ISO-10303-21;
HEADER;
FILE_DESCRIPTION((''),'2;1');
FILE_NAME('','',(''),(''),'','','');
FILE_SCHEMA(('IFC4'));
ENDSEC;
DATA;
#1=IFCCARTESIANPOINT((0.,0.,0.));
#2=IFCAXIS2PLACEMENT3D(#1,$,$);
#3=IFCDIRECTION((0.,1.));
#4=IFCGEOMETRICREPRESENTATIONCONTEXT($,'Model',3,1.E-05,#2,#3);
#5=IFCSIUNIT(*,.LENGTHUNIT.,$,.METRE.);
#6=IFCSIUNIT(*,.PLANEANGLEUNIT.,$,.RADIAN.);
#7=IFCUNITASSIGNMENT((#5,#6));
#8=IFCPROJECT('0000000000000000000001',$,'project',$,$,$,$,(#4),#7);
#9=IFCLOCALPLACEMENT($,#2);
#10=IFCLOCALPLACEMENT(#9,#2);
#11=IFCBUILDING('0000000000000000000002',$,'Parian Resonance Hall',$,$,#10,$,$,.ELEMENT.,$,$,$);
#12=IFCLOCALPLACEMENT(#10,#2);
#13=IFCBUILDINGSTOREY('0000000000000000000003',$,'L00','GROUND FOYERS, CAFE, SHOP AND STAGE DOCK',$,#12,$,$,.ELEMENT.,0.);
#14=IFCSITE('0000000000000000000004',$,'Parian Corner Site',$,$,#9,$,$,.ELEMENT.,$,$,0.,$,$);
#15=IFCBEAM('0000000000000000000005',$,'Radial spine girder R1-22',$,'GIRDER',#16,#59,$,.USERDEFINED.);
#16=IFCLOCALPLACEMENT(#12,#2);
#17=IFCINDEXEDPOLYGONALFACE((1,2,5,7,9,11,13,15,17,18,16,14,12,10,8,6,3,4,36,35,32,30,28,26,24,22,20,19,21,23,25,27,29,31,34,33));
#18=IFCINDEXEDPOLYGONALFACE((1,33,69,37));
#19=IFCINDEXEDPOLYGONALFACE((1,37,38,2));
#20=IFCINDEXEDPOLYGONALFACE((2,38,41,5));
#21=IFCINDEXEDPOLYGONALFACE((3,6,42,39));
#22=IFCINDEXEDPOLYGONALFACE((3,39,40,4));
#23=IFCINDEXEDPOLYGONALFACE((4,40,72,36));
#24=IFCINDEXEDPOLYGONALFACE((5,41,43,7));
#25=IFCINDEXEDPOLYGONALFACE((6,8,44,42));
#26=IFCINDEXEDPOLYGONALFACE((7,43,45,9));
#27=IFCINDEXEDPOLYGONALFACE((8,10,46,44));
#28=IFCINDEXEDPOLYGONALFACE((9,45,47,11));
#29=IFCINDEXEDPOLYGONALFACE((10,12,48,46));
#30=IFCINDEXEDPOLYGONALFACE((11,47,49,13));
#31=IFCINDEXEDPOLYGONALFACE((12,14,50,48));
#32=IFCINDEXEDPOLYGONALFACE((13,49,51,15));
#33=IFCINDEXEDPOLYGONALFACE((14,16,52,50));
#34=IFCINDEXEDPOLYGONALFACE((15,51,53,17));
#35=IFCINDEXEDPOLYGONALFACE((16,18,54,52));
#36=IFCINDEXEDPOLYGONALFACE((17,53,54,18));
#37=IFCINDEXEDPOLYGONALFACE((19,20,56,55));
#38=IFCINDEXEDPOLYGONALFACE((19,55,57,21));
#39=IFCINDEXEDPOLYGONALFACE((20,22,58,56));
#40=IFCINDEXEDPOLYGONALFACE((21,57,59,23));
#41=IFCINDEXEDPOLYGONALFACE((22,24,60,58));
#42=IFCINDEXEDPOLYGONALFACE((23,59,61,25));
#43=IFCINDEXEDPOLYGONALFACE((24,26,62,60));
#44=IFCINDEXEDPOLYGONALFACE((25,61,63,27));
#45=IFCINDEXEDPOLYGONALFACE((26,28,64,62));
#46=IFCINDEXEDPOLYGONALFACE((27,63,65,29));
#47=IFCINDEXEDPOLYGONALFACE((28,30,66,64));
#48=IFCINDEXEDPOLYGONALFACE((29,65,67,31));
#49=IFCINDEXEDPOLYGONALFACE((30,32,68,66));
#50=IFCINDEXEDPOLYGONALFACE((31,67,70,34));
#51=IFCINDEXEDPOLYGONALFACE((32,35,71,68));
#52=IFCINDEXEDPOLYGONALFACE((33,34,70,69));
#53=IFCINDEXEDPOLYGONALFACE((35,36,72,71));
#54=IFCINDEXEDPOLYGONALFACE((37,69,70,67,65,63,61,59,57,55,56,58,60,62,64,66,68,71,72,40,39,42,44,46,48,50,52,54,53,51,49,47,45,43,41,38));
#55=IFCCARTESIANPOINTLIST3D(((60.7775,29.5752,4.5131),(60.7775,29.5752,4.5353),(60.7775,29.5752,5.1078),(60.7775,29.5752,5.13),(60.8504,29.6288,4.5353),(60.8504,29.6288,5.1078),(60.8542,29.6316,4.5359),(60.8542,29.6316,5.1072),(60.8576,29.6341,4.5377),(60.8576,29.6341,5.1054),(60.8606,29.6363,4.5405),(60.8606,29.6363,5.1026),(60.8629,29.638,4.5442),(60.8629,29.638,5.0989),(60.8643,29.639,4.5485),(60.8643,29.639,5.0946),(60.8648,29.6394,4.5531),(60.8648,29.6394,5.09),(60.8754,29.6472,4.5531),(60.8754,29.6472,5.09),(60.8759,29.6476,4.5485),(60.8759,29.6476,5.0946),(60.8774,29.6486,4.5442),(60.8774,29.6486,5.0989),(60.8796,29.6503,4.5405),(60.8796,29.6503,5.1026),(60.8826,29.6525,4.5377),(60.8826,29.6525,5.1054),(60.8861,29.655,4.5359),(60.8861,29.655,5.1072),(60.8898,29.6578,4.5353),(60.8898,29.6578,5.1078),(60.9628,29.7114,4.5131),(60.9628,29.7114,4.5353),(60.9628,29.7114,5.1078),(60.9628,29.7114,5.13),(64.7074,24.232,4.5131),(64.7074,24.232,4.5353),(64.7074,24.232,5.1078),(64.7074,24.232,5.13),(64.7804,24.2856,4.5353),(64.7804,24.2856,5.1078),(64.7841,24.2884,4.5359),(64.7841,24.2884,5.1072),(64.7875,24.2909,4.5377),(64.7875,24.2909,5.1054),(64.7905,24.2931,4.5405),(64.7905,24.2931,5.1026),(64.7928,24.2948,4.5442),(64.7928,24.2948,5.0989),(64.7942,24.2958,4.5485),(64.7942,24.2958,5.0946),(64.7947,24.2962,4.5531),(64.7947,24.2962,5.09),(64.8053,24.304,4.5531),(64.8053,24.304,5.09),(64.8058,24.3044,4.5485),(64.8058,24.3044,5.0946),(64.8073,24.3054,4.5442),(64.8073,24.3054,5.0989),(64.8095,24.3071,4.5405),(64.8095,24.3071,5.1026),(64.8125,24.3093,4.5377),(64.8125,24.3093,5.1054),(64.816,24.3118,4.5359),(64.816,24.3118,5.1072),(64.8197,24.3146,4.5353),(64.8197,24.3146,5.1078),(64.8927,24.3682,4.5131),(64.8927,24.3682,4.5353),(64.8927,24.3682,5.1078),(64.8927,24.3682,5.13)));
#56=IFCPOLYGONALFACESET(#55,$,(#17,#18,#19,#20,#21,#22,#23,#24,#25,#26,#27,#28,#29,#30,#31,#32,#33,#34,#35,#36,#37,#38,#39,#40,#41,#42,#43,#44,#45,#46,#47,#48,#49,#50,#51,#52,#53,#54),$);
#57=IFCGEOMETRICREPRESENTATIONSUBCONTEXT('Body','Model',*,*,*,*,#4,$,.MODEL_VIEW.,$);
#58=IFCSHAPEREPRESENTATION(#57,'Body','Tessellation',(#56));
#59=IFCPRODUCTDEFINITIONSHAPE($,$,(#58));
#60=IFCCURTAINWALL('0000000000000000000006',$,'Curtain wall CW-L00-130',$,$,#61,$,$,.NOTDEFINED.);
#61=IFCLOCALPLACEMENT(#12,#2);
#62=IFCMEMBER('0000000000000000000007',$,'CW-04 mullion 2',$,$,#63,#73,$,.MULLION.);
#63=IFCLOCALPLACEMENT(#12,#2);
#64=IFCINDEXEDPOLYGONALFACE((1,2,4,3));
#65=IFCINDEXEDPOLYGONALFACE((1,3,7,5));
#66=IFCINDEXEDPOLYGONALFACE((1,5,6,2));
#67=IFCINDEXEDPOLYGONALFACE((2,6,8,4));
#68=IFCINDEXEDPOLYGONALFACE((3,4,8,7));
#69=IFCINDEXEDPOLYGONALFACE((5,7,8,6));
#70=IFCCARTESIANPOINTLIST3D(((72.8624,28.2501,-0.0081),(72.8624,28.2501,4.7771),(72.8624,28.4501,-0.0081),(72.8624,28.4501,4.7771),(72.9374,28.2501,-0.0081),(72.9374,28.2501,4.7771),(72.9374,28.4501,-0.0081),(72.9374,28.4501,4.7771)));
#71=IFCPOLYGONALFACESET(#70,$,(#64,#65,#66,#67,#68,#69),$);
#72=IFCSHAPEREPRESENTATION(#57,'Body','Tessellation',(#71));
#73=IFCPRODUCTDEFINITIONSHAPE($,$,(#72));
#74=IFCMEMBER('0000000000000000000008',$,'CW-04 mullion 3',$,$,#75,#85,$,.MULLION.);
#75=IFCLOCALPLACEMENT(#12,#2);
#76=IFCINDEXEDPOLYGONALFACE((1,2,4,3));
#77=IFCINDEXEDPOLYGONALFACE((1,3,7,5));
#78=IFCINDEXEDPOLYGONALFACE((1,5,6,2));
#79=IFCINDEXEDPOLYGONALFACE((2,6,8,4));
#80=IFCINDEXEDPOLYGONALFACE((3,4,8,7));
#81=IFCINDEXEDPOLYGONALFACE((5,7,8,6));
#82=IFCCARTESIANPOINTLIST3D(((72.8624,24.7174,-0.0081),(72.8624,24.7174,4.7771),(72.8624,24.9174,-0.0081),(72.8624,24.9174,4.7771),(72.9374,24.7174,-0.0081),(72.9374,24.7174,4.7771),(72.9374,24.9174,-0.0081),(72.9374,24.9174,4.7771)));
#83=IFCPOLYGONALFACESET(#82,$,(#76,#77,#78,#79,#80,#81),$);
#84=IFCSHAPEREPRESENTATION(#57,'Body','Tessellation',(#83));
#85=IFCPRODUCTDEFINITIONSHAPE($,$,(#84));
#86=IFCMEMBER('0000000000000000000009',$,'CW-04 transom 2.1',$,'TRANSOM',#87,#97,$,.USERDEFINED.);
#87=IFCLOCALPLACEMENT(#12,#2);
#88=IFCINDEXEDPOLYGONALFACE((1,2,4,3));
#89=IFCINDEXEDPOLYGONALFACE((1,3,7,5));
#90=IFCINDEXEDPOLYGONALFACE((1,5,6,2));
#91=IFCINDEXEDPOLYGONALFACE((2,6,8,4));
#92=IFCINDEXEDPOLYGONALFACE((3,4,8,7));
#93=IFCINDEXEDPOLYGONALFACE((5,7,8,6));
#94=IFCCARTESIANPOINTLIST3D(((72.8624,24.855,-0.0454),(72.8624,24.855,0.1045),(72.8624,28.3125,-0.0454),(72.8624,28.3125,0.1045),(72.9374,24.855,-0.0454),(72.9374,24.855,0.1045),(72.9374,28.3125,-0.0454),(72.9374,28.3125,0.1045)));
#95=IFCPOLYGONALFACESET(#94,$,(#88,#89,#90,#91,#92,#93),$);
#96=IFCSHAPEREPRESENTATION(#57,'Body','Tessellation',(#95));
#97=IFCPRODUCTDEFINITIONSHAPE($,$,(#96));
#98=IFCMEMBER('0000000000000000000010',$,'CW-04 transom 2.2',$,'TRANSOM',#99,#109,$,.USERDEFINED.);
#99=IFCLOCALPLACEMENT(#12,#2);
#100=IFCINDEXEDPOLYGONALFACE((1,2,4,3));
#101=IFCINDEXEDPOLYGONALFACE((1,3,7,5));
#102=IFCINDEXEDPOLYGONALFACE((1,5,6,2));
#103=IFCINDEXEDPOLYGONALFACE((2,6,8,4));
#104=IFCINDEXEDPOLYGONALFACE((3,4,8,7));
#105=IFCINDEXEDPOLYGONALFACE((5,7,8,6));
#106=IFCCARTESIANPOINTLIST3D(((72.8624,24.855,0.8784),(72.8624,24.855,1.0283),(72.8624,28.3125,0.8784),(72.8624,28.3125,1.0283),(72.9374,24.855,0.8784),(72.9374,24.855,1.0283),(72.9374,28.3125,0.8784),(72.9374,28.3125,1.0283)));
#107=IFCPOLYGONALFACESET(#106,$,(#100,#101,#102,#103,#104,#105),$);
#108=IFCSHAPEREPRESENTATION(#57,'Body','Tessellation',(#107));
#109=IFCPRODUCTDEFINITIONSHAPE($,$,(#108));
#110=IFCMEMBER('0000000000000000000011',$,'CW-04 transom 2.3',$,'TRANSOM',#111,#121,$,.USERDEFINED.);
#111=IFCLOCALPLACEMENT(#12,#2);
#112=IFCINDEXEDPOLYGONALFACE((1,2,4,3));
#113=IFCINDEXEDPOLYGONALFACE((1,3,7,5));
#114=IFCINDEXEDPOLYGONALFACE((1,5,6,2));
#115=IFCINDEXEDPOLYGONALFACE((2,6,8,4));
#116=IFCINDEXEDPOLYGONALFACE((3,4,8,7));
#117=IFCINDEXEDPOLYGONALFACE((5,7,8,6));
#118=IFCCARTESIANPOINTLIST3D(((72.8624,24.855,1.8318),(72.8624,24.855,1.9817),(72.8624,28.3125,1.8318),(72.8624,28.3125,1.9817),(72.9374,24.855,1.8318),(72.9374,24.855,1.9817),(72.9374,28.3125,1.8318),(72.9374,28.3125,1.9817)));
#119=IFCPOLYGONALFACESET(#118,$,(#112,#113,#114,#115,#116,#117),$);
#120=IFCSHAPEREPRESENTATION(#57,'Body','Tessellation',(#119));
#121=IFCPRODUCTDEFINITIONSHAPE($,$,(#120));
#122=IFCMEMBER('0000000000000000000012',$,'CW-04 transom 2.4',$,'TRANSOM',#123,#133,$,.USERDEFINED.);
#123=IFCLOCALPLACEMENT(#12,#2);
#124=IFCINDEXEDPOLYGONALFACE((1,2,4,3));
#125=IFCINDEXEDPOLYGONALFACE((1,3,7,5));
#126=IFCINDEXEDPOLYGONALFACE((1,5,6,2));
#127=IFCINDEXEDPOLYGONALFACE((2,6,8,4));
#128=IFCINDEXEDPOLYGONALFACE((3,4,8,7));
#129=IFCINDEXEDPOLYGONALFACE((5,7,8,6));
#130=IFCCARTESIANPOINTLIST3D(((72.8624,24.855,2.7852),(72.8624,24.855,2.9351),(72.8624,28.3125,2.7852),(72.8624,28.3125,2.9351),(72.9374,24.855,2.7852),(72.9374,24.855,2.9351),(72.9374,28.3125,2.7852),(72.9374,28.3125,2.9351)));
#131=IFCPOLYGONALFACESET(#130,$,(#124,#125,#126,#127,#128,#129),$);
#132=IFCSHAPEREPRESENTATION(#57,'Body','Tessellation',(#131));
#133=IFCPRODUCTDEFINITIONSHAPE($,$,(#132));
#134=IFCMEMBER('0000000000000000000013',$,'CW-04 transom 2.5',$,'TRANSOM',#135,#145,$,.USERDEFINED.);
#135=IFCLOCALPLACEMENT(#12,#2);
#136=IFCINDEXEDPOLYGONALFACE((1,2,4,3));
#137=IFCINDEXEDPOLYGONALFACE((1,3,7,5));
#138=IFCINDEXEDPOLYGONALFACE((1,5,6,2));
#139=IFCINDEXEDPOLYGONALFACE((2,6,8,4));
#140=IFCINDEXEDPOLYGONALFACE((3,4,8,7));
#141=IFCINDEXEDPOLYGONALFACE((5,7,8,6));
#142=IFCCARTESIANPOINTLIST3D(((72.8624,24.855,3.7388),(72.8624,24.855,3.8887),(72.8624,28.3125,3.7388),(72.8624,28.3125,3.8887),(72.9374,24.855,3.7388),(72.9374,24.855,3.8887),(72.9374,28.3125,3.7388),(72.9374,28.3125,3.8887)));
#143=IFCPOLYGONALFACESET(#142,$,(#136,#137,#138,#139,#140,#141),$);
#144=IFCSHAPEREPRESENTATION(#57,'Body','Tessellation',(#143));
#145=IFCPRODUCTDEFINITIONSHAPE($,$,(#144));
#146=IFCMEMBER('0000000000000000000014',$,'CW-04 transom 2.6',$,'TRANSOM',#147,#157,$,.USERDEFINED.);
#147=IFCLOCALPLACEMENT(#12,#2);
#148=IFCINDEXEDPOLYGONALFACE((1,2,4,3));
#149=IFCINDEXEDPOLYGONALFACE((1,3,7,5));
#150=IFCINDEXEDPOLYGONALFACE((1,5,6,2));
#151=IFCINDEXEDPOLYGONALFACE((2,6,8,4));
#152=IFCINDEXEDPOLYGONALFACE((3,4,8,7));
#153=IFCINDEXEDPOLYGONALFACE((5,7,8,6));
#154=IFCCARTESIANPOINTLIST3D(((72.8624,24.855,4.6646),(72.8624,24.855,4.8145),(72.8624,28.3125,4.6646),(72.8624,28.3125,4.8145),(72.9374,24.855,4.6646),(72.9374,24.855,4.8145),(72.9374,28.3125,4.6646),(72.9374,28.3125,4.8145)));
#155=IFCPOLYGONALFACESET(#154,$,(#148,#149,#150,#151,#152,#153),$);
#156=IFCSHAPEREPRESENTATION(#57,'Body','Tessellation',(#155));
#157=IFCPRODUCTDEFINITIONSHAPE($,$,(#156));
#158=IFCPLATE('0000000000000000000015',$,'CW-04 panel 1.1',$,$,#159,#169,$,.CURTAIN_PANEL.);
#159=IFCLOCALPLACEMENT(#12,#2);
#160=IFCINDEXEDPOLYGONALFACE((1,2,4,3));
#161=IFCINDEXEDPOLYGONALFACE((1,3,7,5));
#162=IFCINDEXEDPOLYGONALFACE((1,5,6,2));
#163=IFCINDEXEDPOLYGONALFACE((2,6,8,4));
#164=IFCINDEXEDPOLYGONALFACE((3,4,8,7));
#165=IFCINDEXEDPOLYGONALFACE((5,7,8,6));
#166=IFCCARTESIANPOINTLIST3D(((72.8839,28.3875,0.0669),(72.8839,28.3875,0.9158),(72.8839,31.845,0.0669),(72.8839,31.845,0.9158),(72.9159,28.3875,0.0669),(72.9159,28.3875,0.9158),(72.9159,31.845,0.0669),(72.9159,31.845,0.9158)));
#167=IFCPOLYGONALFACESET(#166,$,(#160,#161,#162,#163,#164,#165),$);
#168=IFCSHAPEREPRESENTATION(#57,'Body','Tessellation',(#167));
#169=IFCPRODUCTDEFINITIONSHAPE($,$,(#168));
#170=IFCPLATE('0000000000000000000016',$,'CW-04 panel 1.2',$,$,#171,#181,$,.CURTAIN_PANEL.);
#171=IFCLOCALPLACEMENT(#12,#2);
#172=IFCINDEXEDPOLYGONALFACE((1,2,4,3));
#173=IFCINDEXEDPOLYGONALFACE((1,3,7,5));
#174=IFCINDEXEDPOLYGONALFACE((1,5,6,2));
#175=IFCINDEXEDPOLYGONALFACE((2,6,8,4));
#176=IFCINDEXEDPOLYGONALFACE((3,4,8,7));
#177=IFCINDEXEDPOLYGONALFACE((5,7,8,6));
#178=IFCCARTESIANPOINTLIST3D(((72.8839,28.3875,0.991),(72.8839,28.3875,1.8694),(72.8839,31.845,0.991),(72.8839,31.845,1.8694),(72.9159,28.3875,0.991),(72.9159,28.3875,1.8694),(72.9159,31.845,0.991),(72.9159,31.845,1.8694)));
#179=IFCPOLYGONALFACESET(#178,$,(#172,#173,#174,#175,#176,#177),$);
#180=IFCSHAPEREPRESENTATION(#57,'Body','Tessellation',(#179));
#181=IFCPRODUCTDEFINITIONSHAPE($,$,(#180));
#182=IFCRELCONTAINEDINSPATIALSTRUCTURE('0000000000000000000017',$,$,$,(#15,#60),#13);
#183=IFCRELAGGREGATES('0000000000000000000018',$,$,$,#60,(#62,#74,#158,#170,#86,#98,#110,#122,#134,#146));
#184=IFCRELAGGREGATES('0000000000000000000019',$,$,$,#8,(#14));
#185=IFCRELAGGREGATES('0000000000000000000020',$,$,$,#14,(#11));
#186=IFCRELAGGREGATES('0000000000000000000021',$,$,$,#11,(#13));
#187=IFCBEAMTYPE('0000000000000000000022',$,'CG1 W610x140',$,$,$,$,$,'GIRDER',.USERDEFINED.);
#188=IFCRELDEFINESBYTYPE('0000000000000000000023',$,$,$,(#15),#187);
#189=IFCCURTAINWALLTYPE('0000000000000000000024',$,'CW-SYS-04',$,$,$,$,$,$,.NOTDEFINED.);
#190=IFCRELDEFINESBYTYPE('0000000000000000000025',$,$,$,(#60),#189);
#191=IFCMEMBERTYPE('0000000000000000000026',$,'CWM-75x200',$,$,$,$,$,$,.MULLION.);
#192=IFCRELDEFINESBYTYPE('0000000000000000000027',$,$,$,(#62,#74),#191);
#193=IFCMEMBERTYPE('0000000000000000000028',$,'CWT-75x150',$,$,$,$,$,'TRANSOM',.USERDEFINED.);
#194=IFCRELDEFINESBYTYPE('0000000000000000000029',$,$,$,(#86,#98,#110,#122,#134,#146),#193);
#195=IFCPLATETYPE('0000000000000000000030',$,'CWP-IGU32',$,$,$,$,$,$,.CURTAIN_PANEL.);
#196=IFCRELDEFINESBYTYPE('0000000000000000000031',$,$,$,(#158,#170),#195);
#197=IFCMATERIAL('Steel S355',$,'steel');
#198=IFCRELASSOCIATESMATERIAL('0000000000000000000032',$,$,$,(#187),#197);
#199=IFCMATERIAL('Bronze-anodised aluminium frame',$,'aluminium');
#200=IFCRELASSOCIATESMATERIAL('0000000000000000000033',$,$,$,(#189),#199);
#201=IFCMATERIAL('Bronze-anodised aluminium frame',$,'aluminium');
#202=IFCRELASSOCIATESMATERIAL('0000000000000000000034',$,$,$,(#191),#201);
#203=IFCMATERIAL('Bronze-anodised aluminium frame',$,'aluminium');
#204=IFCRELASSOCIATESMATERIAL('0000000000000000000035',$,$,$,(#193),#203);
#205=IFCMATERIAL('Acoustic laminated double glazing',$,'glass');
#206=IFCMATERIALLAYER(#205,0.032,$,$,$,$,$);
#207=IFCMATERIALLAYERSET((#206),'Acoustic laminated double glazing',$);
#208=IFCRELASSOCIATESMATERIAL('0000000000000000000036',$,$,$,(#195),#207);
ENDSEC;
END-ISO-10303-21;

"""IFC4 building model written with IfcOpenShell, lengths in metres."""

from ifc_helpers import new_model, si_unit, direction, frame, origin, origin_2d, place, context, subcontext, project, spatial, rectangle, i_section, extrude, material, layer, layer_set, material_profile, profile_set, type_object, element, aggregate, save


model = new_model("IFC4")

# Units and contexts
model_context = context("Model", 3, precision=1e-05, world=origin(), true_north=direction((0.0, 1.0)))
body_context = subcontext(model_context, "Body", "Model", "MODEL_VIEW")
ifc_project = project(units=[si_unit("LENGTHUNIT", "METRE"), si_unit("PLANEANGLEUNIT", "RADIAN")], contexts=[model_context])

# Site, building, storey
site_placement = place(None, origin())
site = spatial("IfcSite", under=ifc_project, at=site_placement, Name="Parian Corner Site", CompositionType="ELEMENT", RefElevation=0.0)
building_placement = place(site_placement, origin())
building = spatial("IfcBuilding", under=site, at=building_placement, Name="Parian Resonance Hall", CompositionType="ELEMENT")
storey_placement = place(building_placement, origin())
storey = spatial("IfcBuildingStorey", under=building, at=storey_placement, Name="L00", Description="GROUND FOYERS, CAFE, SHOP AND STAGE DOCK", CompositionType="ELEMENT", Elevation=0.0)

# Beam
ifc_material_1 = material(Name="Steel S355", Category="steel")
ifc_material_profile_1 = material_profile(ifc_material_1, i_section(OverallWidth=0.23, OverallDepth=0.6169, WebThickness=0.0132, FlangeThickness=0.0222, FilletRadius=0.0178, at=origin_2d()), Name="W610x140")
ifc_profile_set_1 = profile_set([ifc_material_profile_1], Name="Steel S355")
beam_type_1 = type_object("IfcBeamType", Name="CG1 W610x140", ElementType="GIRDER", PredefinedType="USERDEFINED", material=ifc_profile_set_1)
beam_1_placement = place(storey_placement, frame((60.8701, 29.6433, 4.8215), z_axis=(0.592494, -0.805575, 0.0), x_axis=(0.805575, 0.592494, 0.0)))
element("IfcBeam", 1, at=beam_1_placement, inside=storey, type_object=beam_type_1, Name="Radial spine girder R1-22", ObjectType="GIRDER", PredefinedType="USERDEFINED", context=body_context, shape_type="SweptSolid", body=[
    extrude(i_section(OverallWidth=0.23, OverallDepth=0.6169, WebThickness=0.0132, FlangeThickness=0.0222, FilletRadius=0.0178, at=origin_2d()), origin(), (0.0, 0.0, 1.0), 6.6328),
])

# Curtain wall, members, plates
ifc_material_2 = material(Name="Bronze-anodised aluminium frame", Category="aluminium")
curtain_wall_type = type_object("IfcCurtainWallType", Name="CW-SYS-04", PredefinedType="NOTDEFINED", material=ifc_material_2)
curtain_wall_placement = place(storey_placement, origin())
curtain_wall = element("IfcCurtainWall", 2, at=curtain_wall_placement, inside=storey, type_object=curtain_wall_type, Name="Curtain wall CW-L00-130", PredefinedType="NOTDEFINED")
ifc_material_3 = material(Name="Bronze-anodised aluminium frame", Category="aluminium")
ifc_material_profile_2 = material_profile(ifc_material_3, rectangle(XDim=0.075, YDim=0.2, at=origin_2d()), Name="CWM-75x200")
ifc_profile_set_2 = profile_set([ifc_material_profile_2], Name="Bronze-anodised aluminium frame")
member_type_1 = type_object("IfcMemberType", Name="CWM-75x200", PredefinedType="MULLION", material=ifc_profile_set_2)
member_1_placement = place(storey_placement, frame((72.8999, 28.3501, -0.0081), z_axis=(0.0, 0.0, 1.0), x_axis=(1.0, 0.0, 0.0)))
member_1 = element("IfcMember", 3, at=member_1_placement, type_object=member_type_1, Name="CW-04 mullion 2", PredefinedType="MULLION", context=body_context, shape_type="SweptSolid", body=[
    extrude(rectangle(XDim=0.075, YDim=0.2, at=origin_2d()), origin(), (0.0, 0.0, 1.0), 4.7852),
])
member_2_placement = place(storey_placement, frame((72.8999, 24.8174, -0.0081), z_axis=(0.0, 0.0, 1.0), x_axis=(1.0, 0.0, 0.0)))
member_2 = element("IfcMember", 4, at=member_2_placement, type_object=member_type_1, Name="CW-04 mullion 3", PredefinedType="MULLION", context=body_context, shape_type="SweptSolid", body=[
    extrude(rectangle(XDim=0.075, YDim=0.2, at=origin_2d()), origin(), (0.0, 0.0, 1.0), 4.7852),
])
ifc_material_4 = material(Name="Bronze-anodised aluminium frame", Category="aluminium")
ifc_material_profile_3 = material_profile(ifc_material_4, rectangle(XDim=0.075, YDim=0.1499, at=origin_2d()), Name="CWT-75x150")
ifc_profile_set_3 = profile_set([ifc_material_profile_3], Name="Bronze-anodised aluminium frame")
member_type_2 = type_object("IfcMemberType", Name="CWT-75x150", ElementType="TRANSOM", PredefinedType="USERDEFINED", material=ifc_profile_set_3)
member_3_placement = place(storey_placement, frame((72.8999, 28.3125, 0.0295), z_axis=(0.0, -1.0, 0.0), x_axis=(1.0, 0.0, 0.0)))
member_3 = element("IfcMember", 5, at=member_3_placement, type_object=member_type_2, Name="CW-04 transom 2.1", ObjectType="TRANSOM", PredefinedType="USERDEFINED", context=body_context, shape_type="SweptSolid", body=[
    extrude(rectangle(XDim=0.075, YDim=0.1499, at=origin_2d()), origin(), (0.0, 0.0, 1.0), 3.4575),
])
member_4_placement = place(storey_placement, frame((72.8999, 28.3125, 0.9534), z_axis=(0.0, -1.0, 0.0), x_axis=(1.0, 0.0, 0.0)))
member_4 = element("IfcMember", 6, at=member_4_placement, type_object=member_type_2, Name="CW-04 transom 2.2", ObjectType="TRANSOM", PredefinedType="USERDEFINED", context=body_context, shape_type="SweptSolid", body=[
    extrude(rectangle(XDim=0.075, YDim=0.1499, at=origin_2d()), origin(), (0.0, 0.0, 1.0), 3.4575),
])
member_5_placement = place(storey_placement, frame((72.8999, 28.3125, 1.9067), z_axis=(0.0, -1.0, 0.0), x_axis=(1.0, 0.0, 0.0)))
member_5 = element("IfcMember", 7, at=member_5_placement, type_object=member_type_2, Name="CW-04 transom 2.3", ObjectType="TRANSOM", PredefinedType="USERDEFINED", context=body_context, shape_type="SweptSolid", body=[
    extrude(rectangle(XDim=0.075, YDim=0.1499, at=origin_2d()), origin(), (0.0, 0.0, 1.0), 3.4575),
])
member_6_placement = place(storey_placement, frame((72.8999, 28.3125, 2.8601), z_axis=(0.0, -1.0, 0.0), x_axis=(1.0, 0.0, 0.0)))
member_6 = element("IfcMember", 8, at=member_6_placement, type_object=member_type_2, Name="CW-04 transom 2.4", ObjectType="TRANSOM", PredefinedType="USERDEFINED", context=body_context, shape_type="SweptSolid", body=[
    extrude(rectangle(XDim=0.075, YDim=0.1499, at=origin_2d()), origin(), (0.0, 0.0, 1.0), 3.4575),
])
member_7_placement = place(storey_placement, frame((72.8999, 28.3125, 3.8137), z_axis=(0.0, -1.0, 0.0), x_axis=(1.0, 0.0, 0.0)))
member_7 = element("IfcMember", 9, at=member_7_placement, type_object=member_type_2, Name="CW-04 transom 2.5", ObjectType="TRANSOM", PredefinedType="USERDEFINED", context=body_context, shape_type="SweptSolid", body=[
    extrude(rectangle(XDim=0.075, YDim=0.1499, at=origin_2d()), origin(), (0.0, 0.0, 1.0), 3.4575),
])
member_8_placement = place(storey_placement, frame((72.8999, 28.3125, 4.7395), z_axis=(0.0, -1.0, 0.0), x_axis=(1.0, 0.0, 0.0)))
member_8 = element("IfcMember", 10, at=member_8_placement, type_object=member_type_2, Name="CW-04 transom 2.6", ObjectType="TRANSOM", PredefinedType="USERDEFINED", context=body_context, shape_type="SweptSolid", body=[
    extrude(rectangle(XDim=0.075, YDim=0.1499, at=origin_2d()), origin(), (0.0, 0.0, 1.0), 3.4575),
])
ifc_material_5 = material(Name="Acoustic laminated double glazing", Category="glass")
ifc_layer_1 = layer(ifc_material_5, 0.032)
ifc_layer_set_1 = layer_set([ifc_layer_1], Name="Acoustic laminated double glazing")
plate_type = type_object("IfcPlateType", Name="CWP-IGU32", PredefinedType="CURTAIN_PANEL", material=ifc_layer_set_1)
plate_1_placement = place(storey_placement, frame((72.8999, 30.1162, 0.0669), z_axis=(0.0, 0.0, 1.0), x_axis=(0.0, -1.0, 0.0)))
plate_1 = element("IfcPlate", 11, at=plate_1_placement, type_object=plate_type, Name="CW-04 panel 1.1", PredefinedType="CURTAIN_PANEL", context=body_context, shape_type="SweptSolid", body=[
    extrude(rectangle(XDim=3.4575, YDim=0.032, at=origin_2d()), origin(), (0.0, 0.0, 1.0), 0.8489),
])
plate_2_placement = place(storey_placement, frame((72.8999, 30.1162, 0.991), z_axis=(0.0, 0.0, 1.0), x_axis=(0.0, -1.0, 0.0)))
plate_2 = element("IfcPlate", 12, at=plate_2_placement, type_object=plate_type, Name="CW-04 panel 1.2", PredefinedType="CURTAIN_PANEL", context=body_context, shape_type="SweptSolid", body=[
    extrude(rectangle(XDim=3.4575, YDim=0.032, at=origin_2d()), origin(), (0.0, 0.0, 1.0), 0.8784),
])
aggregate(curtain_wall, [member_1, member_2, plate_1, plate_2, member_3, member_4, member_5, member_6, member_7, member_8])

save(model, "model.ifc")
